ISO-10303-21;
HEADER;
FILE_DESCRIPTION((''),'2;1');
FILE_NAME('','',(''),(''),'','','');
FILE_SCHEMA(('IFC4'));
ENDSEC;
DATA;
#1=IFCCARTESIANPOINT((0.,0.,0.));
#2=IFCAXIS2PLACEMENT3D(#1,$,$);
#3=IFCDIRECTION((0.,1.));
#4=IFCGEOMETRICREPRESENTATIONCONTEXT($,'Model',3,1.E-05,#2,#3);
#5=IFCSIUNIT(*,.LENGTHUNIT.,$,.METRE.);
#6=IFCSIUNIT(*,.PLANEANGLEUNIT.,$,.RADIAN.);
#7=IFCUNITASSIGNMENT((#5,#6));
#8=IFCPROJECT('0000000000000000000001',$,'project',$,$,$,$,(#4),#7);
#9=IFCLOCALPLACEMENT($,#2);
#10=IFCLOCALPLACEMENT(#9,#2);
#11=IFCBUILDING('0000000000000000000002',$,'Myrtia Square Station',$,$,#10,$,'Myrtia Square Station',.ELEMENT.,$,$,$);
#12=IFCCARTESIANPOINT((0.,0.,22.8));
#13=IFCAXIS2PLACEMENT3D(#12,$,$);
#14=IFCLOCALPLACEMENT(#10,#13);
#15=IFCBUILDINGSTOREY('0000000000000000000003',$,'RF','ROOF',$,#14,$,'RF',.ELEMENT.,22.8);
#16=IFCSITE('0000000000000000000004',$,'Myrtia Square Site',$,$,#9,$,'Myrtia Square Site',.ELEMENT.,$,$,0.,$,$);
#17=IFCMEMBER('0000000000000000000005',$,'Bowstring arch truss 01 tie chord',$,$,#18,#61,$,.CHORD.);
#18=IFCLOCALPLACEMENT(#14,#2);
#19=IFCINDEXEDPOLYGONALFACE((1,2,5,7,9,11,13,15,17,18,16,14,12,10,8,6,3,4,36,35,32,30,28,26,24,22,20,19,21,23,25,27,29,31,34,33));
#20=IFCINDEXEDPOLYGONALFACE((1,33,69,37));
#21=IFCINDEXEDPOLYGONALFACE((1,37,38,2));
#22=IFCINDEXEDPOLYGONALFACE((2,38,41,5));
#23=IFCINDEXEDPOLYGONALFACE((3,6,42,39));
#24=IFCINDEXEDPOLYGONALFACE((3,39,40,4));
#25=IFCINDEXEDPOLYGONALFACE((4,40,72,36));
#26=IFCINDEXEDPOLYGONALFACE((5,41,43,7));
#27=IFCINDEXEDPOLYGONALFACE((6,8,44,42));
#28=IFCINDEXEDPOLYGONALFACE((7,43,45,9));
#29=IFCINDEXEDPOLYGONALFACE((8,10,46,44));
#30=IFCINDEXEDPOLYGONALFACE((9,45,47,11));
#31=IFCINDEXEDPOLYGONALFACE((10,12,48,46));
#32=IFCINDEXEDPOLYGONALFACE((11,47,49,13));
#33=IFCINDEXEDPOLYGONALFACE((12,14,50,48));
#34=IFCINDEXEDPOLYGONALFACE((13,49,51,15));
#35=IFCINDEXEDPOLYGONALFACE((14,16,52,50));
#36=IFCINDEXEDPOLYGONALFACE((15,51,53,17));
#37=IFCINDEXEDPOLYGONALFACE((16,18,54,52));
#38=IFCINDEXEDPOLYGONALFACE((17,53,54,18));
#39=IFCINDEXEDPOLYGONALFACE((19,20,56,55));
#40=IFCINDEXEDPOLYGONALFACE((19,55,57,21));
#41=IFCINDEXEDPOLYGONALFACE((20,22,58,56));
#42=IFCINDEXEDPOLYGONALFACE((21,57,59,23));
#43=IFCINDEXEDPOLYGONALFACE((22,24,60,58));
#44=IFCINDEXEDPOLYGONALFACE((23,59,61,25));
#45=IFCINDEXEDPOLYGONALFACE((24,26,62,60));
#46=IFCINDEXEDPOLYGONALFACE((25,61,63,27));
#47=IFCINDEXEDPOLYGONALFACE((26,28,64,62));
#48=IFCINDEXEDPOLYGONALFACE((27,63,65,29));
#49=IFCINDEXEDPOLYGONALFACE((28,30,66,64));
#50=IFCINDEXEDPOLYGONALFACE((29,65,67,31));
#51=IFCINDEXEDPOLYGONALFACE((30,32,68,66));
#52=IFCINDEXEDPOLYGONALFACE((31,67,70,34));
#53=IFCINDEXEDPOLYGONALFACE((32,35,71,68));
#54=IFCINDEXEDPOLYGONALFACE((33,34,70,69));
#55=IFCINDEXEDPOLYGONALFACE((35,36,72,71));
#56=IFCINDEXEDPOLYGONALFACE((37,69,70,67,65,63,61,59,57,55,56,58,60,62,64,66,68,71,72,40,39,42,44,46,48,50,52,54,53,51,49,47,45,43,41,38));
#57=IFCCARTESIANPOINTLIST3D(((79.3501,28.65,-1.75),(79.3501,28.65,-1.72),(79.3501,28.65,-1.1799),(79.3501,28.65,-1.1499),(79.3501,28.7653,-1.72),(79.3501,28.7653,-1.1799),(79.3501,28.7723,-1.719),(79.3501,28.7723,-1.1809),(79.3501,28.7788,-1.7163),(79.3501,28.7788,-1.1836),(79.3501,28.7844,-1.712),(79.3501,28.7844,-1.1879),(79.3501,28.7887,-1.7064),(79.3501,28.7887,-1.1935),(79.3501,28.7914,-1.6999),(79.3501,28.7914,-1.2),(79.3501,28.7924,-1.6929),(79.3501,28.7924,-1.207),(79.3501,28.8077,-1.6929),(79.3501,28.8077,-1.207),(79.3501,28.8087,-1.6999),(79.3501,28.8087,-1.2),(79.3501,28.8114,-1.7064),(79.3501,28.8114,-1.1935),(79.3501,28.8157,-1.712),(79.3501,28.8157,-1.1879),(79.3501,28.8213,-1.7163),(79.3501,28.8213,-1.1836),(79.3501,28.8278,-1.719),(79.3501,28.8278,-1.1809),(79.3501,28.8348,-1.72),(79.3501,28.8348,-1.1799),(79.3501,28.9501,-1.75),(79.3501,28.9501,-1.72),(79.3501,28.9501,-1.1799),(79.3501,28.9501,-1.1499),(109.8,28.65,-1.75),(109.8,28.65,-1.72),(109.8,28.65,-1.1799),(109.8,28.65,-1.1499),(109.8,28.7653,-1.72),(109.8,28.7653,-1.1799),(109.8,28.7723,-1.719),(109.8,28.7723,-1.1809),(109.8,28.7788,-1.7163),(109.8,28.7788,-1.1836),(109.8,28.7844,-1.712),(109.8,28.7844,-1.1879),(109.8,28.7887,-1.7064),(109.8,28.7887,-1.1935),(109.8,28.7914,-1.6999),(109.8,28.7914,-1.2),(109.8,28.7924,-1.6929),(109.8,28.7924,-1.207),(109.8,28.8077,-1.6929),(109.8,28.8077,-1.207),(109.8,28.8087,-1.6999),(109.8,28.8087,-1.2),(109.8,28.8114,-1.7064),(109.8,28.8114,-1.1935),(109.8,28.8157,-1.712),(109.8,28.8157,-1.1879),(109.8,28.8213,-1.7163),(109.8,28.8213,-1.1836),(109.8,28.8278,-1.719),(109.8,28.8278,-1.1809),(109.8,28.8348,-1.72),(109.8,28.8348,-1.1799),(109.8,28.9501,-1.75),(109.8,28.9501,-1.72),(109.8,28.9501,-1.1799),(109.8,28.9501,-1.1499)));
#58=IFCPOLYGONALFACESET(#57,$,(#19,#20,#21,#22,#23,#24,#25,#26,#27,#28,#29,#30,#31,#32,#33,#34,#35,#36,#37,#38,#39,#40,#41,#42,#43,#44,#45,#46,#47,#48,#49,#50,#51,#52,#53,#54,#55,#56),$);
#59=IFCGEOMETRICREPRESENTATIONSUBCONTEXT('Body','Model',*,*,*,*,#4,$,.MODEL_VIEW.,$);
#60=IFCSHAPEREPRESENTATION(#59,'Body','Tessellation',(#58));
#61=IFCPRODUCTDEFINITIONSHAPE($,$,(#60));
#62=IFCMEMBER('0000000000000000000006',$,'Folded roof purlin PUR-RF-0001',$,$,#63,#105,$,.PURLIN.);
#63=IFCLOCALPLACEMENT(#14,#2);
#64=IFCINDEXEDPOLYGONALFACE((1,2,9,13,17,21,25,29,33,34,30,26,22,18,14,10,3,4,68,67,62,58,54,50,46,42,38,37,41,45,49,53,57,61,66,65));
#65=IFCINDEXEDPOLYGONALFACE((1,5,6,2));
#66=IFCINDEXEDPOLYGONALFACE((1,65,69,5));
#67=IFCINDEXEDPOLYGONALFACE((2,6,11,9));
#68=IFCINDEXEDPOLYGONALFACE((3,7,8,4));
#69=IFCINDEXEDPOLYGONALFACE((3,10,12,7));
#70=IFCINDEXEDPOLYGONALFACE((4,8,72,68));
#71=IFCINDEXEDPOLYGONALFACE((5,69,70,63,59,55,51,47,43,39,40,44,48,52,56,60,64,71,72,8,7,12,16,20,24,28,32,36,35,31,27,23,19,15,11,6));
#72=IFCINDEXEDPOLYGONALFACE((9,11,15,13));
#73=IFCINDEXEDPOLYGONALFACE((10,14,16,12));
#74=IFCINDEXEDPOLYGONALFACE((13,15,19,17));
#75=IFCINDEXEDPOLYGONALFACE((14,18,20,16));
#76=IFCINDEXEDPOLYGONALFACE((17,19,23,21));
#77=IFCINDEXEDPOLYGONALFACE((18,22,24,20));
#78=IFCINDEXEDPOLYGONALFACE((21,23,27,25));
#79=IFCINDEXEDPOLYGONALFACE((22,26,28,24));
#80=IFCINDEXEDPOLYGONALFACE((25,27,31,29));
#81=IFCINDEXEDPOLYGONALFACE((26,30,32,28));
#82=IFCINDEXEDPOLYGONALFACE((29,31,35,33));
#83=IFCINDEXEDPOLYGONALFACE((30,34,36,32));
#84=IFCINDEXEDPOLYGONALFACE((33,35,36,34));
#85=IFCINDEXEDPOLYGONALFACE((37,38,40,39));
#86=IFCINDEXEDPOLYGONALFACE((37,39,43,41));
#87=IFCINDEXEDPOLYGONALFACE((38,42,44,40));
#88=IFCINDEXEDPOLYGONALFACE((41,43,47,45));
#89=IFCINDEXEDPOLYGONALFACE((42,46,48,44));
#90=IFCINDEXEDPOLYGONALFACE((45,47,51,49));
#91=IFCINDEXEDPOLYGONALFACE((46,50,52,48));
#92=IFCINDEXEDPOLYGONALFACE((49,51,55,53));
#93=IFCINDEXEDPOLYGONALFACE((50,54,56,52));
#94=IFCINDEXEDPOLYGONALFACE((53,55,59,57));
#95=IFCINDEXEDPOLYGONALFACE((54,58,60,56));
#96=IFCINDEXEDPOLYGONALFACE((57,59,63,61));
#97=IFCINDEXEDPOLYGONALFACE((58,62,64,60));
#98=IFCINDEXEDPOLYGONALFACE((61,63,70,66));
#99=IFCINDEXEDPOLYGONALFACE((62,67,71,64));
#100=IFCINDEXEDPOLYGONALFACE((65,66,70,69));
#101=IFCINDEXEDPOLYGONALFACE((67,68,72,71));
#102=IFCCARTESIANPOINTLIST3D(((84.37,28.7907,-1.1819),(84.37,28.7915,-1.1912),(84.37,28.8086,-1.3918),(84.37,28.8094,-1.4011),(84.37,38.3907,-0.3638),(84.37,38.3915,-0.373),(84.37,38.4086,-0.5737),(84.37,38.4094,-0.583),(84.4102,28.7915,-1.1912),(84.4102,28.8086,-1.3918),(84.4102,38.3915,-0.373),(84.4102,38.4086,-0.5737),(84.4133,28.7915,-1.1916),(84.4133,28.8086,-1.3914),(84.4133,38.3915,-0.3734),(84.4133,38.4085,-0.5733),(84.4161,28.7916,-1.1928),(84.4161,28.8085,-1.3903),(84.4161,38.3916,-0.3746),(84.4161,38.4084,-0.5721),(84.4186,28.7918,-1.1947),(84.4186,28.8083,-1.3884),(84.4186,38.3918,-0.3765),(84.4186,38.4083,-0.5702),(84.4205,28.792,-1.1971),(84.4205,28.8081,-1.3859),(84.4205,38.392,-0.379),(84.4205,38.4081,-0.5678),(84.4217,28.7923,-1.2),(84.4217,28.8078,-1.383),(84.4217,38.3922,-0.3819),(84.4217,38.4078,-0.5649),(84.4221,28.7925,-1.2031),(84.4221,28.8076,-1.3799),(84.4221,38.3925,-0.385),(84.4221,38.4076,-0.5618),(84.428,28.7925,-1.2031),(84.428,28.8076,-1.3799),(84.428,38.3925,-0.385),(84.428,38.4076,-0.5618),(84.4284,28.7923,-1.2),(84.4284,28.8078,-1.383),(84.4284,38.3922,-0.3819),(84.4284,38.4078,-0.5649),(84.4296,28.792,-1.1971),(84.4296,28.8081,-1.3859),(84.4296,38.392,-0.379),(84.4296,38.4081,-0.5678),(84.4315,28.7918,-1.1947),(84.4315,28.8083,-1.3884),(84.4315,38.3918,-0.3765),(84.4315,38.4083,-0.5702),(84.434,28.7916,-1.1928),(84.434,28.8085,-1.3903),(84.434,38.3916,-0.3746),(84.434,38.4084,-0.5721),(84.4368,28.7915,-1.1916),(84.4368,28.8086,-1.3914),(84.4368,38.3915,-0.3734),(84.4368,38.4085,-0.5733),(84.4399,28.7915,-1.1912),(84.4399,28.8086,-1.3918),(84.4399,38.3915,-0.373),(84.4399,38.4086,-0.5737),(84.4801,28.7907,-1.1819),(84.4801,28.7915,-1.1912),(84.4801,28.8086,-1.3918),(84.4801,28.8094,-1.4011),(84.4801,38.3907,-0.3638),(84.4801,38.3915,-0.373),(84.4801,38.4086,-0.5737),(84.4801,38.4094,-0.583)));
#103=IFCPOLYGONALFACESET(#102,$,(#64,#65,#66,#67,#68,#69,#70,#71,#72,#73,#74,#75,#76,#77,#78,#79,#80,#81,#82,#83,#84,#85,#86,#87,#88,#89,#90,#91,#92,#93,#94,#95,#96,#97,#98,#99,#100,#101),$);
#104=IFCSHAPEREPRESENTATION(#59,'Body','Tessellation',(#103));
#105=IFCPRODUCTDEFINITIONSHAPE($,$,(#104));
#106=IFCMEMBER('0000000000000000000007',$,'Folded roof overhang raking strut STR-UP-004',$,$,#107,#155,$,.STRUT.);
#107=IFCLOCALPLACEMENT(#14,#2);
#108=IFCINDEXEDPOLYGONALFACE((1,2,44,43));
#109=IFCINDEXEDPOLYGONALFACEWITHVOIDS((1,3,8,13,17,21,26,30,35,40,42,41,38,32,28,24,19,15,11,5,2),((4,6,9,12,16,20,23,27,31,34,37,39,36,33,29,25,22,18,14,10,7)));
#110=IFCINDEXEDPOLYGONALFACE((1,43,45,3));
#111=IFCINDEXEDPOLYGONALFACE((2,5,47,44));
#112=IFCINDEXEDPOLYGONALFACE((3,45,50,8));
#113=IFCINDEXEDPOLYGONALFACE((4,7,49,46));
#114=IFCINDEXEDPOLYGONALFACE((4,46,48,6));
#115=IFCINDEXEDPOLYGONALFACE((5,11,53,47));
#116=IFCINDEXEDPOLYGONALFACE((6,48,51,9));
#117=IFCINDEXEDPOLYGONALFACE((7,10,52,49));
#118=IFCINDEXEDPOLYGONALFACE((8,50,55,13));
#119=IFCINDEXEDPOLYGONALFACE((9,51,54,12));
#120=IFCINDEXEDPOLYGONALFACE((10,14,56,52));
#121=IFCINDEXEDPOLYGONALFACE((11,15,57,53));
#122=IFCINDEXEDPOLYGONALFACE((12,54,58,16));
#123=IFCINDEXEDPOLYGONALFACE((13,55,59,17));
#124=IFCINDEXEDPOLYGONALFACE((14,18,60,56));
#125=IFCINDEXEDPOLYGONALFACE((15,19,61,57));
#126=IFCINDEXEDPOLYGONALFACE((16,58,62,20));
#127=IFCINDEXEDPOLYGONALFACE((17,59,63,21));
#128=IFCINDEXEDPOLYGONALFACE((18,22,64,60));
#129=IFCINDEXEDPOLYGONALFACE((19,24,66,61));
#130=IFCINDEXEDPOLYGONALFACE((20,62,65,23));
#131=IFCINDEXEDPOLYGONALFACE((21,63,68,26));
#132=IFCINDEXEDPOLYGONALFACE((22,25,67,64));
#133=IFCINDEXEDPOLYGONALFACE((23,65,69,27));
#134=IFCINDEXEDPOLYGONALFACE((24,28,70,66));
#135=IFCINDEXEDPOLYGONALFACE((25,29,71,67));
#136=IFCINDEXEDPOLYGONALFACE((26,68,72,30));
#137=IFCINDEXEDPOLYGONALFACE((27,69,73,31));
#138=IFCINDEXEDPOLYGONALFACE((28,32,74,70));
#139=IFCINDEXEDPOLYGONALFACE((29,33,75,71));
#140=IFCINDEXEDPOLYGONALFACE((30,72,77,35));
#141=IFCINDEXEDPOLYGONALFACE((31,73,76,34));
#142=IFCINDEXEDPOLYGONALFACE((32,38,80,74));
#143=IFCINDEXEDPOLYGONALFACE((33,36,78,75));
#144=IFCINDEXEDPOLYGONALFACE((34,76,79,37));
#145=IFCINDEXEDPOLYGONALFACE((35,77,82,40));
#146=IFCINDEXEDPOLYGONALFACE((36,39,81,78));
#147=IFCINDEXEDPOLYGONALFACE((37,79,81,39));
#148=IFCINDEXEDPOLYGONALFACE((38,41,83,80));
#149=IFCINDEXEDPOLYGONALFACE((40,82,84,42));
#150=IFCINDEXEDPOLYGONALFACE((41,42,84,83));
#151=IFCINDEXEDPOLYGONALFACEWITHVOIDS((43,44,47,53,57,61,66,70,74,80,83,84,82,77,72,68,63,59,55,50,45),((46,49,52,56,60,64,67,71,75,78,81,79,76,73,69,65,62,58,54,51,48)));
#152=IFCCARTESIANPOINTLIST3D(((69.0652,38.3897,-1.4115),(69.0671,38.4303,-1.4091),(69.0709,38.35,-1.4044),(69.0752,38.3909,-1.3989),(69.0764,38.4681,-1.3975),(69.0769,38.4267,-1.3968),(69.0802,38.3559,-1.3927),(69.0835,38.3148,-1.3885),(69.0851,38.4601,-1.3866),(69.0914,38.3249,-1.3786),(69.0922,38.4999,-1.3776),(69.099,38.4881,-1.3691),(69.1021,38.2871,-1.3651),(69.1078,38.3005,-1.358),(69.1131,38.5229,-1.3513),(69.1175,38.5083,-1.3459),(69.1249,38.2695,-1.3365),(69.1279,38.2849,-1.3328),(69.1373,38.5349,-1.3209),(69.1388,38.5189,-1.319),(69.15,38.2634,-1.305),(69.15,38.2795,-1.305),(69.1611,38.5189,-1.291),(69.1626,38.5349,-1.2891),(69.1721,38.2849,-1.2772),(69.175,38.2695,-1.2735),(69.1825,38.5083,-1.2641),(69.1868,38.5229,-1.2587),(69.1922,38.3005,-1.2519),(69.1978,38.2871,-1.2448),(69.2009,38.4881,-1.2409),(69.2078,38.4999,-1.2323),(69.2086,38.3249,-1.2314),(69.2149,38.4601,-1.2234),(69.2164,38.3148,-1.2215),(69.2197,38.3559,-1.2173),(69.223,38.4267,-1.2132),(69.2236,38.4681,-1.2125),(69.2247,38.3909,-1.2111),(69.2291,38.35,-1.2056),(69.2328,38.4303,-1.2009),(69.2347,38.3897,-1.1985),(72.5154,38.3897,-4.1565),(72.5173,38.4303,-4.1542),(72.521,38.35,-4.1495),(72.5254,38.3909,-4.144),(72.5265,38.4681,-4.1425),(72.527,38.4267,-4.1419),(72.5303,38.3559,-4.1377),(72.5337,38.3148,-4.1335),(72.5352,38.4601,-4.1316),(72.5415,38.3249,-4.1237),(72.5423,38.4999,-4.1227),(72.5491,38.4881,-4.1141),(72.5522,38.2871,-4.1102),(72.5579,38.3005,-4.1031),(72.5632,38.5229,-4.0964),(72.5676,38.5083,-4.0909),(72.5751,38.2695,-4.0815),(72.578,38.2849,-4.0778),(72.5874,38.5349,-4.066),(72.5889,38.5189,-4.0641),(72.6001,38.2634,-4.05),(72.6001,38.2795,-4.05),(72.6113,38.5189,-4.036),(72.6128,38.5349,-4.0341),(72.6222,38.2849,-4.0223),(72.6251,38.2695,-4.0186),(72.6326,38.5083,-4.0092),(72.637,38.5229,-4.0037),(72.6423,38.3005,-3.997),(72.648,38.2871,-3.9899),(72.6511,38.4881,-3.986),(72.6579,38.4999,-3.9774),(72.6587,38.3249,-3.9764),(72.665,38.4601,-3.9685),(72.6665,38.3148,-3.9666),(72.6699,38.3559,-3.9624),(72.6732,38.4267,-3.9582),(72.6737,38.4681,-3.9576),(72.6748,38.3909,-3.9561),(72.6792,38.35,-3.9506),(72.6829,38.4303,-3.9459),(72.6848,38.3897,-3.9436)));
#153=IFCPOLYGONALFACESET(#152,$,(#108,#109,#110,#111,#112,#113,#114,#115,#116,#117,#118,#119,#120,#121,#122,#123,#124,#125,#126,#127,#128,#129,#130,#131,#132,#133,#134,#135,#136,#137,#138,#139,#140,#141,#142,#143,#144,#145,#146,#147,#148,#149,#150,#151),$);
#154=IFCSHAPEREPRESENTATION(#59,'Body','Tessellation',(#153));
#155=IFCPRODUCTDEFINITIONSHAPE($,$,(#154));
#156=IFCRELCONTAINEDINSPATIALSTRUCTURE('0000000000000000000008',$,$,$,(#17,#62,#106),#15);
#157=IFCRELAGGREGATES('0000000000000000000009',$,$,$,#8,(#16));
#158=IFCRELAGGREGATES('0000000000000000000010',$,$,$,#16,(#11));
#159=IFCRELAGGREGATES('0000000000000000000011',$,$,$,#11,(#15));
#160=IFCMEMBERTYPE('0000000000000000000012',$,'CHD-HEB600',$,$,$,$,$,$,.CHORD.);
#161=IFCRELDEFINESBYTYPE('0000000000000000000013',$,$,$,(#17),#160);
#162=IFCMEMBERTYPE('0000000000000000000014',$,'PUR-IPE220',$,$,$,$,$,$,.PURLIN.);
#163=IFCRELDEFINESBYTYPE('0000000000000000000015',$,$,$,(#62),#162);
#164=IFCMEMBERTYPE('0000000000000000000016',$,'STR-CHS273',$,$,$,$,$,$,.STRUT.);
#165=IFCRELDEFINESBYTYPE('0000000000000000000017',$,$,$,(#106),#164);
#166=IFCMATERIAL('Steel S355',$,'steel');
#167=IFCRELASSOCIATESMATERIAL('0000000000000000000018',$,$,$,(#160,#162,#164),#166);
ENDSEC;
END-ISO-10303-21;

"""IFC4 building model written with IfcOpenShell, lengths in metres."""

from ifc_helpers import new_model, si_unit, direction, frame, origin, origin_2d, place, context, subcontext, project, spatial, hollow_circle, i_section, extrude, material, material_profile, profile_set, type_object, element, save


model = new_model("IFC4")

# Units and contexts
model_context = context("Model", 3, precision=1e-05, world=origin(), true_north=direction((0.0, 1.0)))
body_context = subcontext(model_context, "Body", "Model", "MODEL_VIEW")
ifc_project = project(units=[si_unit("LENGTHUNIT", "METRE"), si_unit("PLANEANGLEUNIT", "RADIAN")], contexts=[model_context])

# Site, building, storey
site_placement = place(None, origin())
site = spatial("IfcSite", under=ifc_project, at=site_placement, Name="Myrtia Square Site", LongName="Myrtia Square Site", CompositionType="ELEMENT", RefElevation=0.0)
building_placement = place(site_placement, origin())
building = spatial("IfcBuilding", under=site, at=building_placement, Name="Myrtia Square Station", LongName="Myrtia Square Station", CompositionType="ELEMENT")
storey_placement = place(building_placement, frame((0.0, 0.0, 22.8)))
storey = spatial("IfcBuildingStorey", under=building, at=storey_placement, Name="RF", Description="ROOF", LongName="RF", CompositionType="ELEMENT", Elevation=22.8)

# Members
ifc_material = material(Name="Steel S355", Category="steel")
ifc_material_profile_1 = material_profile(ifc_material, i_section(OverallWidth=0.3, OverallDepth=0.6001, WebThickness=0.0154, FlangeThickness=0.03, FilletRadius=0.0271, at=origin_2d()), Name="HEB 600")
ifc_profile_set_1 = profile_set([ifc_material_profile_1], Name="Steel S355")
member_type_1 = type_object("IfcMemberType", Name="CHD-HEB600", PredefinedType="CHORD", material=ifc_profile_set_1)
member_1_placement = place(storey_placement, frame((79.3501, 28.8, -1.45), z_axis=(1.0, 0.0, 0.0), x_axis=(0.0, 1.0, 0.0)))
element("IfcMember", 1, at=member_1_placement, inside=storey, type_object=member_type_1, Name="Bowstring arch truss 01 tie chord", PredefinedType="CHORD", context=body_context, shape_type="SweptSolid", body=[
    extrude(i_section(OverallWidth=0.3, OverallDepth=0.6001, WebThickness=0.0154, FlangeThickness=0.03, FilletRadius=0.0271, at=origin_2d()), origin(), (0.0, 0.0, 1.0), 30.45),
])
ifc_material_profile_2 = material_profile(ifc_material, i_section(OverallWidth=0.1101, OverallDepth=0.22, WebThickness=0.0059, FlangeThickness=0.0093, FilletRadius=0.012, at=origin_2d()), Name="IPE 220")
ifc_profile_set_2 = profile_set([ifc_material_profile_2], Name="Steel S355")
member_type_2 = type_object("IfcMemberType", Name="PUR-IPE220", PredefinedType="PURLIN", material=ifc_profile_set_2)
member_2_placement = place(storey_placement, frame((84.425, 28.8, -1.2915), z_axis=(0.0, 0.996388, 0.084914), x_axis=(-1.0, 0.0, 0.0)))
element("IfcMember", 2, at=member_2_placement, inside=storey, type_object=member_type_2, Name="Folded roof purlin PUR-RF-0001", PredefinedType="PURLIN", context=body_context, shape_type="SweptSolid", body=[
    extrude(i_section(OverallWidth=0.1101, OverallDepth=0.22, WebThickness=0.0059, FlangeThickness=0.0093, FilletRadius=0.012, at=origin_2d()), origin(), (0.0, 0.0, 1.0), 9.6348),
])
ifc_material_profile_3 = material_profile(ifc_material, hollow_circle(Radius=0.1365, WallThickness=0.0161, at=origin_2d()), Name="CHS 273x16")
ifc_profile_set_3 = profile_set([ifc_material_profile_3], Name="Steel S355")
member_type_3 = type_object("IfcMemberType", Name="STR-CHS273", PredefinedType="STRUT", material=ifc_profile_set_3)
member_3_placement = place(storey_placement, frame((72.6001, 38.3999, -4.05), z_axis=(-0.78253, 0.0, 0.622613), x_axis=(0.0, -1.0, 0.0)))
element("IfcMember", 3, at=member_3_placement, inside=storey, type_object=member_type_3, Name="Folded roof overhang raking strut STR-UP-004", PredefinedType="STRUT", context=body_context, shape_type="SweptSolid", body=[
    extrude(hollow_circle(Radius=0.1365, WallThickness=0.0161, at=origin_2d()), origin(), (0.0, 0.0, 1.0), 4.4089),
])

save(model, "model.ifc")
